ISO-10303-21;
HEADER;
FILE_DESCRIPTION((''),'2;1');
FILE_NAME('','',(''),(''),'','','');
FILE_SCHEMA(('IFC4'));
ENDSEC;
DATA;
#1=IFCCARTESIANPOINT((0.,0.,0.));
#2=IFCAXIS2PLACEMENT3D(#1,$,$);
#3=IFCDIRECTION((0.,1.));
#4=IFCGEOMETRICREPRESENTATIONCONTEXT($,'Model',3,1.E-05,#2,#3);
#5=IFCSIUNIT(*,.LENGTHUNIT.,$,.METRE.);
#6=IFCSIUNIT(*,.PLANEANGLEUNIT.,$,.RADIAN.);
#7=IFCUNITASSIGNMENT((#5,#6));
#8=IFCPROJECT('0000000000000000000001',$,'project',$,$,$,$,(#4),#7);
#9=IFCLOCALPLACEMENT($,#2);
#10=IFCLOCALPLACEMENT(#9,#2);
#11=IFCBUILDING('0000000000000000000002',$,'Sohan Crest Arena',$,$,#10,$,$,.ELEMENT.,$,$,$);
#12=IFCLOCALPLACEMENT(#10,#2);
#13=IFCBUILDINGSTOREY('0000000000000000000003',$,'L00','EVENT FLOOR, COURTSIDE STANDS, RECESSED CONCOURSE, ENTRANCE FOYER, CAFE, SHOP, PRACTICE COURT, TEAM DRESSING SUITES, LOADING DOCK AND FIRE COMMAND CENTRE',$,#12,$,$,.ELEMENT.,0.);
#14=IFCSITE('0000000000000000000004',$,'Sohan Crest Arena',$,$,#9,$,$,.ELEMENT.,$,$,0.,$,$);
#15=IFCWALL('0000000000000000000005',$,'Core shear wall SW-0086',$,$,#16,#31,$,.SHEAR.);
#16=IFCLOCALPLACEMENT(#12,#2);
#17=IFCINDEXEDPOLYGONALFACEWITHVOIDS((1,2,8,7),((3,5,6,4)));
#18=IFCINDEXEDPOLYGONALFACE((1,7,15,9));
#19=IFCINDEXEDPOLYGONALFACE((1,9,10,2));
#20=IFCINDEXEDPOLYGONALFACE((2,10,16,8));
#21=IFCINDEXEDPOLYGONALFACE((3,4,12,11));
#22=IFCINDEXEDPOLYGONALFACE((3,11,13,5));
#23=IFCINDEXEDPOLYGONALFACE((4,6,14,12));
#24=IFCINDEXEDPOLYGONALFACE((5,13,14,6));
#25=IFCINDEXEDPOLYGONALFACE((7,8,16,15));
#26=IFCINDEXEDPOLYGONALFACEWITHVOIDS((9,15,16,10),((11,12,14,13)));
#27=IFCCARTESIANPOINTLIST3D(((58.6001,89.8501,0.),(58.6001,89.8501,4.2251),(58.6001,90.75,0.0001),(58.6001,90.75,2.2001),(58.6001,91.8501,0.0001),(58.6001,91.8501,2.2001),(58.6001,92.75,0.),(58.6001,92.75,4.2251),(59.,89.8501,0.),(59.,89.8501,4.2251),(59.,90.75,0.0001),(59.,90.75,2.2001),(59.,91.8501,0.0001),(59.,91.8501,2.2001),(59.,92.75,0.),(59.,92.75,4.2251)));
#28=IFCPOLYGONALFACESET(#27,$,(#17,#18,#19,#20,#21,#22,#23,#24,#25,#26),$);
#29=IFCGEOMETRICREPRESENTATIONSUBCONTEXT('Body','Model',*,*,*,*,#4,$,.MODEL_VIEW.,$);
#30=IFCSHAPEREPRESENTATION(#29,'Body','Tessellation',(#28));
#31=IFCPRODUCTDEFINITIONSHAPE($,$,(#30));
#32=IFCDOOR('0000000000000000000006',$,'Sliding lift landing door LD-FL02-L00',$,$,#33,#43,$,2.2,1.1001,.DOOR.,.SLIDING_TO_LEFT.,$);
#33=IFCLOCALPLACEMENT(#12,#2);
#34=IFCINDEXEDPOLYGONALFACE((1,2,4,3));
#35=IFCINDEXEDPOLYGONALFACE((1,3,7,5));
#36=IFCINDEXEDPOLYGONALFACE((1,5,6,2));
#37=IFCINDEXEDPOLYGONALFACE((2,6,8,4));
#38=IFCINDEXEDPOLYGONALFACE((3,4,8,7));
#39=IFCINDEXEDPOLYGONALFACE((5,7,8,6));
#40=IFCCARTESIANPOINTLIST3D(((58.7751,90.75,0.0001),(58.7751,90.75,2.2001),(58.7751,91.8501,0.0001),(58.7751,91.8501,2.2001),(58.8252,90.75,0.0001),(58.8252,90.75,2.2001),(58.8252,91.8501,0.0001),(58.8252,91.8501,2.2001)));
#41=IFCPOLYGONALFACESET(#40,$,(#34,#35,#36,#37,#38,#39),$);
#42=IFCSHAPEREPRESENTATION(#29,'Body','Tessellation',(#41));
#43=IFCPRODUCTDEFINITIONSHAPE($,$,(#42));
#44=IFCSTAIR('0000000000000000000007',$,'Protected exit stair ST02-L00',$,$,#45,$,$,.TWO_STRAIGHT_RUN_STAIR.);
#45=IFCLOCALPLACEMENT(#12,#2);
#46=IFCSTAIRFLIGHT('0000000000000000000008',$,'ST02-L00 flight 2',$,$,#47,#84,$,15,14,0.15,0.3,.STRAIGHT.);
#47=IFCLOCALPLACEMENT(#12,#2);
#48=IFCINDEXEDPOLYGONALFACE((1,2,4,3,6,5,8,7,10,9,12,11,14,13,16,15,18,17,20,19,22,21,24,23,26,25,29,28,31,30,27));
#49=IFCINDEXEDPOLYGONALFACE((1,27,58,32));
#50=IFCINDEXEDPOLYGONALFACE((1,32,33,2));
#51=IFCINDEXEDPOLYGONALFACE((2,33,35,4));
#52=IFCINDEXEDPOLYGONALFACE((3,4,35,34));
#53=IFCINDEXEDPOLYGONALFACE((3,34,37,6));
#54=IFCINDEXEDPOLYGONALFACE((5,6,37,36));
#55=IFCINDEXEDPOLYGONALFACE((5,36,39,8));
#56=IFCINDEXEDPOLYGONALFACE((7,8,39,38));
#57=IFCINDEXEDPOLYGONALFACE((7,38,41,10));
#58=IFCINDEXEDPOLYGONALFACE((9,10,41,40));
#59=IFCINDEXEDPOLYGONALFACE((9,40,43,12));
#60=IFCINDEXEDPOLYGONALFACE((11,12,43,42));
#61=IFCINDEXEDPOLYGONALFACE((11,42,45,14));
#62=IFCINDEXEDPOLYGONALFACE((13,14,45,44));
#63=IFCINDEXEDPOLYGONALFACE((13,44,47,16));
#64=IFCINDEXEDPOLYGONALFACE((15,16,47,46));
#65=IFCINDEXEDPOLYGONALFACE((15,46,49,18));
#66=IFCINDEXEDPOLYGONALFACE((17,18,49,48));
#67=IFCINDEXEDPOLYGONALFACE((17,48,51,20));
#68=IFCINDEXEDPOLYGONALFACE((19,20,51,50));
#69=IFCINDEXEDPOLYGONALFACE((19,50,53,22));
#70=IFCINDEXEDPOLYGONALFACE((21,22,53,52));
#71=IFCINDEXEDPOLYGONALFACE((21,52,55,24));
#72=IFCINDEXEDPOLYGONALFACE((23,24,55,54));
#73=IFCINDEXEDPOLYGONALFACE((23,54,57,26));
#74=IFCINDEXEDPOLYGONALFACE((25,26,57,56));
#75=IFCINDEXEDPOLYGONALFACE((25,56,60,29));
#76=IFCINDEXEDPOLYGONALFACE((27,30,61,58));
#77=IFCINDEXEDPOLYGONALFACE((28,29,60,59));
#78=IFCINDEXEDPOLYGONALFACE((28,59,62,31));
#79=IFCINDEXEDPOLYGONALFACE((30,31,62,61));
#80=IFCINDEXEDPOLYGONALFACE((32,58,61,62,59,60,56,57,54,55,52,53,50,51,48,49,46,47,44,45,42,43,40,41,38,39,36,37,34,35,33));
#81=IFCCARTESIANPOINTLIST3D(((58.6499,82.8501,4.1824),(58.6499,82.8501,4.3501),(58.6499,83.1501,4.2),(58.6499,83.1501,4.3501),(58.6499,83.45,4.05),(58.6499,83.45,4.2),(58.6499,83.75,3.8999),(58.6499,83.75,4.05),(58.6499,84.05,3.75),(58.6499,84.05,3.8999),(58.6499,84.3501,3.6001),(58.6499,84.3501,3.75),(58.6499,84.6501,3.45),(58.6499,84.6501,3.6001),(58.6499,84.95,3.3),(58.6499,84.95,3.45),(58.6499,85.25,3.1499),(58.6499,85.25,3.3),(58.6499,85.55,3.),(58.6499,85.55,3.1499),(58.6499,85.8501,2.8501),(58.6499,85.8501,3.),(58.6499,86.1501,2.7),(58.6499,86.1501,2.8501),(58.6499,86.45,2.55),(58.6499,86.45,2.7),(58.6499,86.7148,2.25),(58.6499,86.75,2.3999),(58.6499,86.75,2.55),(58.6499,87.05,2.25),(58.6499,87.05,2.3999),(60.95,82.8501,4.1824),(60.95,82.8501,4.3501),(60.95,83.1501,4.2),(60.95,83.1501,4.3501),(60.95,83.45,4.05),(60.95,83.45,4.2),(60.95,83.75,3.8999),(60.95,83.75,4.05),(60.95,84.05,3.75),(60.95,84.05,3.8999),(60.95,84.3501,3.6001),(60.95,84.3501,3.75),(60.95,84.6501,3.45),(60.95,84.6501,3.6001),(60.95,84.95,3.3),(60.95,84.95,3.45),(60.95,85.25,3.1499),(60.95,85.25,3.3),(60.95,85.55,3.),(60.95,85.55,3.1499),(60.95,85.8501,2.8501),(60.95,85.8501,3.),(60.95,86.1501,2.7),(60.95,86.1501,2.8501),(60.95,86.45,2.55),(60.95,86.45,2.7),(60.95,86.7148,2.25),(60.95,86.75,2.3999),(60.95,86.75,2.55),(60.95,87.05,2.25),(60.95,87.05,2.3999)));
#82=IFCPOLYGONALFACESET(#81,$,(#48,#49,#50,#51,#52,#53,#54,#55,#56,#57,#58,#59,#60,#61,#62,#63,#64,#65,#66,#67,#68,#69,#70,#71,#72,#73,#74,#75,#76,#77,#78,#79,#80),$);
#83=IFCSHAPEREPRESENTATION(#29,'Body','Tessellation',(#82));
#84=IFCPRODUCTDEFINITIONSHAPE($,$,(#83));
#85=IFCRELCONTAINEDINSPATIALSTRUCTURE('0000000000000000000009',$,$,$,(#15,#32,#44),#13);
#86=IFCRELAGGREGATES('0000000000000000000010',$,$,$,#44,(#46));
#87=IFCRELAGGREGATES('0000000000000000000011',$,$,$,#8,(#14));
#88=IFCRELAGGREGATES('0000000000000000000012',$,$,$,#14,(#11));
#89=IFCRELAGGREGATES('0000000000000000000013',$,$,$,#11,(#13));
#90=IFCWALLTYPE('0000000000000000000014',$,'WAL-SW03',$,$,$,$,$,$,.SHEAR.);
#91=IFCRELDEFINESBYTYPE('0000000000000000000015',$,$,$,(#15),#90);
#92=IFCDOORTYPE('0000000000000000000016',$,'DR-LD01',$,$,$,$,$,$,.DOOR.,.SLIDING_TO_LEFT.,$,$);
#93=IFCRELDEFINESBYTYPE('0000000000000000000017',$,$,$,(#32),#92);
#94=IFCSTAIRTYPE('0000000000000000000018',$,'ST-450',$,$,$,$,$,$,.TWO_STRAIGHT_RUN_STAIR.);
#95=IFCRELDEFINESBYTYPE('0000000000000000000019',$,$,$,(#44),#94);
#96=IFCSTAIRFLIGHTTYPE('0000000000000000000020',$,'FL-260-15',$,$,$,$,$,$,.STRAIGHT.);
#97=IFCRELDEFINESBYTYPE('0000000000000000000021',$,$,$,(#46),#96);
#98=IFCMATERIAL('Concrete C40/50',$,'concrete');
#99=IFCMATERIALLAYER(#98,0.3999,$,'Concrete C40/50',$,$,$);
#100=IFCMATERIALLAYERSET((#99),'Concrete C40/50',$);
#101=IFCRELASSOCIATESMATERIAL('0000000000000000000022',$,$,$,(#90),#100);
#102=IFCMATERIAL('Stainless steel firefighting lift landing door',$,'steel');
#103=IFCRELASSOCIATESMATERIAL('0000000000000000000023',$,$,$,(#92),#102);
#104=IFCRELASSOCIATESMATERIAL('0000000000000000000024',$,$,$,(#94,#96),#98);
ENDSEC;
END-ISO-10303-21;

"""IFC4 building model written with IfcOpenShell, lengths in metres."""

from ifc_helpers import new_model, si_unit, direction, frame, frame_2d, origin, place, context, subcontext, project, spatial, polyline, rectangle, outline, extrude, material, layer, layer_set, type_object, element, fill, aggregate, save


model = new_model("IFC4")

# Units and contexts
model_context = context("Model", 3, precision=1e-05, world=origin(), true_north=direction((0.0, 1.0)))
body_context = subcontext(model_context, "Body", "Model", "MODEL_VIEW")
ifc_project = project(units=[si_unit("LENGTHUNIT", "METRE"), si_unit("PLANEANGLEUNIT", "RADIAN")], contexts=[model_context])

# Site, building, storey
site_placement = place(None, origin())
site = spatial("IfcSite", under=ifc_project, at=site_placement, Name="Sohan Crest Arena", CompositionType="ELEMENT", RefElevation=0.0)
building_placement = place(site_placement, origin())
building = spatial("IfcBuilding", under=site, at=building_placement, Name="Sohan Crest Arena", CompositionType="ELEMENT")
storey_placement = place(building_placement, origin())
storey = spatial("IfcBuildingStorey", under=building, at=storey_placement, Name="L00", Description="EVENT FLOOR, COURTSIDE STANDS, RECESSED CONCOURSE, ENTRANCE FOYER, CAFE, SHOP, PRACTICE COURT, TEAM DRESSING SUITES, LOADING DOCK AND FIRE COMMAND CENTRE", CompositionType="ELEMENT", Elevation=0.0)

# Wall, opening, door
ifc_material_1 = material(Name="Concrete C40/50", Category="concrete")
ifc_layer_1 = layer(ifc_material_1, 0.3999, Name="Concrete C40/50")
ifc_layer_set_1 = layer_set([ifc_layer_1], Name="Concrete C40/50")
wall_type_1 = type_object("IfcWallType", Name="WAL-SW03", PredefinedType="SHEAR", material=ifc_layer_set_1)
wall_1_placement = place(storey_placement, frame((58.8, 89.8501, 0.0), z_axis=(0.0, 0.0, 1.0), x_axis=(0.0, 1.0, 0.0)))
wall_1 = element("IfcWall", 1, at=wall_1_placement, inside=storey, type_object=wall_type_1, Name="Core shear wall SW-0086", PredefinedType="SHEAR", context=body_context, shape_type="SweptSolid", body=[
    extrude(rectangle(XDim=2.8999, YDim=0.3999, at=frame_2d((1.45, 0.0))), origin(), (0.0, 0.0, 1.0), 4.2251),
])
opening_1_placement = place(wall_1_placement, frame((0.8999, 0.0, 0.0)))
opening_1 = element("IfcOpeningElement", 2, at=opening_1_placement, cuts=wall_1, PredefinedType="OPENING", context=body_context, shape_type="SweptSolid", body=[
    extrude(rectangle(XDim=1.1001, YDim=2.2, at=frame_2d((0.55, 1.1001))), frame((0.0, 0.21, 0.0), z_axis=(0.0, -1.0, 0.0), x_axis=(1.0, 0.0, 0.0)), (0.0, 0.0, 1.0), 0.4199),
])
ifc_material_2 = material(Name="Stainless steel firefighting lift landing door", Category="steel")
door_type_1 = type_object("IfcDoorType", Name="DR-LD01", OperationType="SLIDING_TO_LEFT", PredefinedType="DOOR", material=ifc_material_2)
door_1_placement = place(opening_1_placement, origin())
door_1 = element("IfcDoor", 3, at=door_1_placement, inside=storey, type_object=door_type_1, Name="Sliding lift landing door LD-FL02-L00", OperationType="SLIDING_TO_LEFT", OverallHeight=2.2, OverallWidth=1.1001, PredefinedType="DOOR", context=body_context, shape_type="SweptSolid", body=[
    extrude(rectangle(XDim=1.1001, YDim=2.2, at=frame_2d((0.55, 1.1001))), frame((0.0, 0.0249, 0.0), z_axis=(0.0, -1.0, 0.0), x_axis=(1.0, 0.0, 0.0)), (0.0, 0.0, 1.0), 0.05),
])
fill(opening_1, door_1)

# Stair, stair flight
stair_type = type_object("IfcStairType", Name="ST-450", PredefinedType="TWO_STRAIGHT_RUN_STAIR", material=ifc_material_1)
stair_placement = place(storey_placement, origin())
stair = element("IfcStair", 4, at=stair_placement, inside=storey, type_object=stair_type, Name="Protected exit stair ST02-L00", PredefinedType="TWO_STRAIGHT_RUN_STAIR")
stair_flight_type = type_object("IfcStairFlightType", Name="FL-260-15", PredefinedType="STRAIGHT", material=ifc_material_1)
stair_flight_placement = place(storey_placement, frame((59.8, 87.05, 2.25), z_axis=(0.0, 0.0, 1.0), x_axis=(0.0, -1.0, 0.0)))
stair_flight = element("IfcStairFlight", 5, at=stair_flight_placement, type_object=stair_flight_type, Name="ST02-L00 flight 2", NumberOfRisers=15, NumberOfTreads=14, PredefinedType="STRAIGHT", RiserHeight=0.15, TreadLength=0.3, context=body_context, shape_type="SweptSolid", body=[
    extrude(outline(polyline([(0.0, 0.0), (0.0, 0.1499), (0.3, 0.1499), (0.3, 0.3), (0.6001, 0.3), (0.6001, 0.45), (0.8999, 0.45), (0.8999, 0.6001), (1.2, 0.6001), (1.2, 0.75), (1.5, 0.75), (1.5, 0.8999), (1.8, 0.8999), (1.8, 1.05), (2.1001, 1.05), (2.1001, 1.2), (2.3999, 1.2), (2.3999, 1.3501), (2.7, 1.3501), (2.7, 1.5), (3.0, 1.5), (3.0, 1.6499), (3.3, 1.6499), (3.3, 1.8), (3.6001, 1.8), (3.6001, 1.95), (3.8999, 1.95), (3.8999, 2.1001), (4.2, 2.1001), (4.2, 2.25), (4.2, 1.9324), (0.3352, 0.0), (0.0, 0.0)])), frame((0.0, 1.1499, 0.0), z_axis=(0.0, -1.0, 0.0), x_axis=(1.0, 0.0, 0.0)), (0.0, 0.0, 1.0), 2.3),
])
aggregate(stair, [stair_flight])

save(model, "model.ifc")
